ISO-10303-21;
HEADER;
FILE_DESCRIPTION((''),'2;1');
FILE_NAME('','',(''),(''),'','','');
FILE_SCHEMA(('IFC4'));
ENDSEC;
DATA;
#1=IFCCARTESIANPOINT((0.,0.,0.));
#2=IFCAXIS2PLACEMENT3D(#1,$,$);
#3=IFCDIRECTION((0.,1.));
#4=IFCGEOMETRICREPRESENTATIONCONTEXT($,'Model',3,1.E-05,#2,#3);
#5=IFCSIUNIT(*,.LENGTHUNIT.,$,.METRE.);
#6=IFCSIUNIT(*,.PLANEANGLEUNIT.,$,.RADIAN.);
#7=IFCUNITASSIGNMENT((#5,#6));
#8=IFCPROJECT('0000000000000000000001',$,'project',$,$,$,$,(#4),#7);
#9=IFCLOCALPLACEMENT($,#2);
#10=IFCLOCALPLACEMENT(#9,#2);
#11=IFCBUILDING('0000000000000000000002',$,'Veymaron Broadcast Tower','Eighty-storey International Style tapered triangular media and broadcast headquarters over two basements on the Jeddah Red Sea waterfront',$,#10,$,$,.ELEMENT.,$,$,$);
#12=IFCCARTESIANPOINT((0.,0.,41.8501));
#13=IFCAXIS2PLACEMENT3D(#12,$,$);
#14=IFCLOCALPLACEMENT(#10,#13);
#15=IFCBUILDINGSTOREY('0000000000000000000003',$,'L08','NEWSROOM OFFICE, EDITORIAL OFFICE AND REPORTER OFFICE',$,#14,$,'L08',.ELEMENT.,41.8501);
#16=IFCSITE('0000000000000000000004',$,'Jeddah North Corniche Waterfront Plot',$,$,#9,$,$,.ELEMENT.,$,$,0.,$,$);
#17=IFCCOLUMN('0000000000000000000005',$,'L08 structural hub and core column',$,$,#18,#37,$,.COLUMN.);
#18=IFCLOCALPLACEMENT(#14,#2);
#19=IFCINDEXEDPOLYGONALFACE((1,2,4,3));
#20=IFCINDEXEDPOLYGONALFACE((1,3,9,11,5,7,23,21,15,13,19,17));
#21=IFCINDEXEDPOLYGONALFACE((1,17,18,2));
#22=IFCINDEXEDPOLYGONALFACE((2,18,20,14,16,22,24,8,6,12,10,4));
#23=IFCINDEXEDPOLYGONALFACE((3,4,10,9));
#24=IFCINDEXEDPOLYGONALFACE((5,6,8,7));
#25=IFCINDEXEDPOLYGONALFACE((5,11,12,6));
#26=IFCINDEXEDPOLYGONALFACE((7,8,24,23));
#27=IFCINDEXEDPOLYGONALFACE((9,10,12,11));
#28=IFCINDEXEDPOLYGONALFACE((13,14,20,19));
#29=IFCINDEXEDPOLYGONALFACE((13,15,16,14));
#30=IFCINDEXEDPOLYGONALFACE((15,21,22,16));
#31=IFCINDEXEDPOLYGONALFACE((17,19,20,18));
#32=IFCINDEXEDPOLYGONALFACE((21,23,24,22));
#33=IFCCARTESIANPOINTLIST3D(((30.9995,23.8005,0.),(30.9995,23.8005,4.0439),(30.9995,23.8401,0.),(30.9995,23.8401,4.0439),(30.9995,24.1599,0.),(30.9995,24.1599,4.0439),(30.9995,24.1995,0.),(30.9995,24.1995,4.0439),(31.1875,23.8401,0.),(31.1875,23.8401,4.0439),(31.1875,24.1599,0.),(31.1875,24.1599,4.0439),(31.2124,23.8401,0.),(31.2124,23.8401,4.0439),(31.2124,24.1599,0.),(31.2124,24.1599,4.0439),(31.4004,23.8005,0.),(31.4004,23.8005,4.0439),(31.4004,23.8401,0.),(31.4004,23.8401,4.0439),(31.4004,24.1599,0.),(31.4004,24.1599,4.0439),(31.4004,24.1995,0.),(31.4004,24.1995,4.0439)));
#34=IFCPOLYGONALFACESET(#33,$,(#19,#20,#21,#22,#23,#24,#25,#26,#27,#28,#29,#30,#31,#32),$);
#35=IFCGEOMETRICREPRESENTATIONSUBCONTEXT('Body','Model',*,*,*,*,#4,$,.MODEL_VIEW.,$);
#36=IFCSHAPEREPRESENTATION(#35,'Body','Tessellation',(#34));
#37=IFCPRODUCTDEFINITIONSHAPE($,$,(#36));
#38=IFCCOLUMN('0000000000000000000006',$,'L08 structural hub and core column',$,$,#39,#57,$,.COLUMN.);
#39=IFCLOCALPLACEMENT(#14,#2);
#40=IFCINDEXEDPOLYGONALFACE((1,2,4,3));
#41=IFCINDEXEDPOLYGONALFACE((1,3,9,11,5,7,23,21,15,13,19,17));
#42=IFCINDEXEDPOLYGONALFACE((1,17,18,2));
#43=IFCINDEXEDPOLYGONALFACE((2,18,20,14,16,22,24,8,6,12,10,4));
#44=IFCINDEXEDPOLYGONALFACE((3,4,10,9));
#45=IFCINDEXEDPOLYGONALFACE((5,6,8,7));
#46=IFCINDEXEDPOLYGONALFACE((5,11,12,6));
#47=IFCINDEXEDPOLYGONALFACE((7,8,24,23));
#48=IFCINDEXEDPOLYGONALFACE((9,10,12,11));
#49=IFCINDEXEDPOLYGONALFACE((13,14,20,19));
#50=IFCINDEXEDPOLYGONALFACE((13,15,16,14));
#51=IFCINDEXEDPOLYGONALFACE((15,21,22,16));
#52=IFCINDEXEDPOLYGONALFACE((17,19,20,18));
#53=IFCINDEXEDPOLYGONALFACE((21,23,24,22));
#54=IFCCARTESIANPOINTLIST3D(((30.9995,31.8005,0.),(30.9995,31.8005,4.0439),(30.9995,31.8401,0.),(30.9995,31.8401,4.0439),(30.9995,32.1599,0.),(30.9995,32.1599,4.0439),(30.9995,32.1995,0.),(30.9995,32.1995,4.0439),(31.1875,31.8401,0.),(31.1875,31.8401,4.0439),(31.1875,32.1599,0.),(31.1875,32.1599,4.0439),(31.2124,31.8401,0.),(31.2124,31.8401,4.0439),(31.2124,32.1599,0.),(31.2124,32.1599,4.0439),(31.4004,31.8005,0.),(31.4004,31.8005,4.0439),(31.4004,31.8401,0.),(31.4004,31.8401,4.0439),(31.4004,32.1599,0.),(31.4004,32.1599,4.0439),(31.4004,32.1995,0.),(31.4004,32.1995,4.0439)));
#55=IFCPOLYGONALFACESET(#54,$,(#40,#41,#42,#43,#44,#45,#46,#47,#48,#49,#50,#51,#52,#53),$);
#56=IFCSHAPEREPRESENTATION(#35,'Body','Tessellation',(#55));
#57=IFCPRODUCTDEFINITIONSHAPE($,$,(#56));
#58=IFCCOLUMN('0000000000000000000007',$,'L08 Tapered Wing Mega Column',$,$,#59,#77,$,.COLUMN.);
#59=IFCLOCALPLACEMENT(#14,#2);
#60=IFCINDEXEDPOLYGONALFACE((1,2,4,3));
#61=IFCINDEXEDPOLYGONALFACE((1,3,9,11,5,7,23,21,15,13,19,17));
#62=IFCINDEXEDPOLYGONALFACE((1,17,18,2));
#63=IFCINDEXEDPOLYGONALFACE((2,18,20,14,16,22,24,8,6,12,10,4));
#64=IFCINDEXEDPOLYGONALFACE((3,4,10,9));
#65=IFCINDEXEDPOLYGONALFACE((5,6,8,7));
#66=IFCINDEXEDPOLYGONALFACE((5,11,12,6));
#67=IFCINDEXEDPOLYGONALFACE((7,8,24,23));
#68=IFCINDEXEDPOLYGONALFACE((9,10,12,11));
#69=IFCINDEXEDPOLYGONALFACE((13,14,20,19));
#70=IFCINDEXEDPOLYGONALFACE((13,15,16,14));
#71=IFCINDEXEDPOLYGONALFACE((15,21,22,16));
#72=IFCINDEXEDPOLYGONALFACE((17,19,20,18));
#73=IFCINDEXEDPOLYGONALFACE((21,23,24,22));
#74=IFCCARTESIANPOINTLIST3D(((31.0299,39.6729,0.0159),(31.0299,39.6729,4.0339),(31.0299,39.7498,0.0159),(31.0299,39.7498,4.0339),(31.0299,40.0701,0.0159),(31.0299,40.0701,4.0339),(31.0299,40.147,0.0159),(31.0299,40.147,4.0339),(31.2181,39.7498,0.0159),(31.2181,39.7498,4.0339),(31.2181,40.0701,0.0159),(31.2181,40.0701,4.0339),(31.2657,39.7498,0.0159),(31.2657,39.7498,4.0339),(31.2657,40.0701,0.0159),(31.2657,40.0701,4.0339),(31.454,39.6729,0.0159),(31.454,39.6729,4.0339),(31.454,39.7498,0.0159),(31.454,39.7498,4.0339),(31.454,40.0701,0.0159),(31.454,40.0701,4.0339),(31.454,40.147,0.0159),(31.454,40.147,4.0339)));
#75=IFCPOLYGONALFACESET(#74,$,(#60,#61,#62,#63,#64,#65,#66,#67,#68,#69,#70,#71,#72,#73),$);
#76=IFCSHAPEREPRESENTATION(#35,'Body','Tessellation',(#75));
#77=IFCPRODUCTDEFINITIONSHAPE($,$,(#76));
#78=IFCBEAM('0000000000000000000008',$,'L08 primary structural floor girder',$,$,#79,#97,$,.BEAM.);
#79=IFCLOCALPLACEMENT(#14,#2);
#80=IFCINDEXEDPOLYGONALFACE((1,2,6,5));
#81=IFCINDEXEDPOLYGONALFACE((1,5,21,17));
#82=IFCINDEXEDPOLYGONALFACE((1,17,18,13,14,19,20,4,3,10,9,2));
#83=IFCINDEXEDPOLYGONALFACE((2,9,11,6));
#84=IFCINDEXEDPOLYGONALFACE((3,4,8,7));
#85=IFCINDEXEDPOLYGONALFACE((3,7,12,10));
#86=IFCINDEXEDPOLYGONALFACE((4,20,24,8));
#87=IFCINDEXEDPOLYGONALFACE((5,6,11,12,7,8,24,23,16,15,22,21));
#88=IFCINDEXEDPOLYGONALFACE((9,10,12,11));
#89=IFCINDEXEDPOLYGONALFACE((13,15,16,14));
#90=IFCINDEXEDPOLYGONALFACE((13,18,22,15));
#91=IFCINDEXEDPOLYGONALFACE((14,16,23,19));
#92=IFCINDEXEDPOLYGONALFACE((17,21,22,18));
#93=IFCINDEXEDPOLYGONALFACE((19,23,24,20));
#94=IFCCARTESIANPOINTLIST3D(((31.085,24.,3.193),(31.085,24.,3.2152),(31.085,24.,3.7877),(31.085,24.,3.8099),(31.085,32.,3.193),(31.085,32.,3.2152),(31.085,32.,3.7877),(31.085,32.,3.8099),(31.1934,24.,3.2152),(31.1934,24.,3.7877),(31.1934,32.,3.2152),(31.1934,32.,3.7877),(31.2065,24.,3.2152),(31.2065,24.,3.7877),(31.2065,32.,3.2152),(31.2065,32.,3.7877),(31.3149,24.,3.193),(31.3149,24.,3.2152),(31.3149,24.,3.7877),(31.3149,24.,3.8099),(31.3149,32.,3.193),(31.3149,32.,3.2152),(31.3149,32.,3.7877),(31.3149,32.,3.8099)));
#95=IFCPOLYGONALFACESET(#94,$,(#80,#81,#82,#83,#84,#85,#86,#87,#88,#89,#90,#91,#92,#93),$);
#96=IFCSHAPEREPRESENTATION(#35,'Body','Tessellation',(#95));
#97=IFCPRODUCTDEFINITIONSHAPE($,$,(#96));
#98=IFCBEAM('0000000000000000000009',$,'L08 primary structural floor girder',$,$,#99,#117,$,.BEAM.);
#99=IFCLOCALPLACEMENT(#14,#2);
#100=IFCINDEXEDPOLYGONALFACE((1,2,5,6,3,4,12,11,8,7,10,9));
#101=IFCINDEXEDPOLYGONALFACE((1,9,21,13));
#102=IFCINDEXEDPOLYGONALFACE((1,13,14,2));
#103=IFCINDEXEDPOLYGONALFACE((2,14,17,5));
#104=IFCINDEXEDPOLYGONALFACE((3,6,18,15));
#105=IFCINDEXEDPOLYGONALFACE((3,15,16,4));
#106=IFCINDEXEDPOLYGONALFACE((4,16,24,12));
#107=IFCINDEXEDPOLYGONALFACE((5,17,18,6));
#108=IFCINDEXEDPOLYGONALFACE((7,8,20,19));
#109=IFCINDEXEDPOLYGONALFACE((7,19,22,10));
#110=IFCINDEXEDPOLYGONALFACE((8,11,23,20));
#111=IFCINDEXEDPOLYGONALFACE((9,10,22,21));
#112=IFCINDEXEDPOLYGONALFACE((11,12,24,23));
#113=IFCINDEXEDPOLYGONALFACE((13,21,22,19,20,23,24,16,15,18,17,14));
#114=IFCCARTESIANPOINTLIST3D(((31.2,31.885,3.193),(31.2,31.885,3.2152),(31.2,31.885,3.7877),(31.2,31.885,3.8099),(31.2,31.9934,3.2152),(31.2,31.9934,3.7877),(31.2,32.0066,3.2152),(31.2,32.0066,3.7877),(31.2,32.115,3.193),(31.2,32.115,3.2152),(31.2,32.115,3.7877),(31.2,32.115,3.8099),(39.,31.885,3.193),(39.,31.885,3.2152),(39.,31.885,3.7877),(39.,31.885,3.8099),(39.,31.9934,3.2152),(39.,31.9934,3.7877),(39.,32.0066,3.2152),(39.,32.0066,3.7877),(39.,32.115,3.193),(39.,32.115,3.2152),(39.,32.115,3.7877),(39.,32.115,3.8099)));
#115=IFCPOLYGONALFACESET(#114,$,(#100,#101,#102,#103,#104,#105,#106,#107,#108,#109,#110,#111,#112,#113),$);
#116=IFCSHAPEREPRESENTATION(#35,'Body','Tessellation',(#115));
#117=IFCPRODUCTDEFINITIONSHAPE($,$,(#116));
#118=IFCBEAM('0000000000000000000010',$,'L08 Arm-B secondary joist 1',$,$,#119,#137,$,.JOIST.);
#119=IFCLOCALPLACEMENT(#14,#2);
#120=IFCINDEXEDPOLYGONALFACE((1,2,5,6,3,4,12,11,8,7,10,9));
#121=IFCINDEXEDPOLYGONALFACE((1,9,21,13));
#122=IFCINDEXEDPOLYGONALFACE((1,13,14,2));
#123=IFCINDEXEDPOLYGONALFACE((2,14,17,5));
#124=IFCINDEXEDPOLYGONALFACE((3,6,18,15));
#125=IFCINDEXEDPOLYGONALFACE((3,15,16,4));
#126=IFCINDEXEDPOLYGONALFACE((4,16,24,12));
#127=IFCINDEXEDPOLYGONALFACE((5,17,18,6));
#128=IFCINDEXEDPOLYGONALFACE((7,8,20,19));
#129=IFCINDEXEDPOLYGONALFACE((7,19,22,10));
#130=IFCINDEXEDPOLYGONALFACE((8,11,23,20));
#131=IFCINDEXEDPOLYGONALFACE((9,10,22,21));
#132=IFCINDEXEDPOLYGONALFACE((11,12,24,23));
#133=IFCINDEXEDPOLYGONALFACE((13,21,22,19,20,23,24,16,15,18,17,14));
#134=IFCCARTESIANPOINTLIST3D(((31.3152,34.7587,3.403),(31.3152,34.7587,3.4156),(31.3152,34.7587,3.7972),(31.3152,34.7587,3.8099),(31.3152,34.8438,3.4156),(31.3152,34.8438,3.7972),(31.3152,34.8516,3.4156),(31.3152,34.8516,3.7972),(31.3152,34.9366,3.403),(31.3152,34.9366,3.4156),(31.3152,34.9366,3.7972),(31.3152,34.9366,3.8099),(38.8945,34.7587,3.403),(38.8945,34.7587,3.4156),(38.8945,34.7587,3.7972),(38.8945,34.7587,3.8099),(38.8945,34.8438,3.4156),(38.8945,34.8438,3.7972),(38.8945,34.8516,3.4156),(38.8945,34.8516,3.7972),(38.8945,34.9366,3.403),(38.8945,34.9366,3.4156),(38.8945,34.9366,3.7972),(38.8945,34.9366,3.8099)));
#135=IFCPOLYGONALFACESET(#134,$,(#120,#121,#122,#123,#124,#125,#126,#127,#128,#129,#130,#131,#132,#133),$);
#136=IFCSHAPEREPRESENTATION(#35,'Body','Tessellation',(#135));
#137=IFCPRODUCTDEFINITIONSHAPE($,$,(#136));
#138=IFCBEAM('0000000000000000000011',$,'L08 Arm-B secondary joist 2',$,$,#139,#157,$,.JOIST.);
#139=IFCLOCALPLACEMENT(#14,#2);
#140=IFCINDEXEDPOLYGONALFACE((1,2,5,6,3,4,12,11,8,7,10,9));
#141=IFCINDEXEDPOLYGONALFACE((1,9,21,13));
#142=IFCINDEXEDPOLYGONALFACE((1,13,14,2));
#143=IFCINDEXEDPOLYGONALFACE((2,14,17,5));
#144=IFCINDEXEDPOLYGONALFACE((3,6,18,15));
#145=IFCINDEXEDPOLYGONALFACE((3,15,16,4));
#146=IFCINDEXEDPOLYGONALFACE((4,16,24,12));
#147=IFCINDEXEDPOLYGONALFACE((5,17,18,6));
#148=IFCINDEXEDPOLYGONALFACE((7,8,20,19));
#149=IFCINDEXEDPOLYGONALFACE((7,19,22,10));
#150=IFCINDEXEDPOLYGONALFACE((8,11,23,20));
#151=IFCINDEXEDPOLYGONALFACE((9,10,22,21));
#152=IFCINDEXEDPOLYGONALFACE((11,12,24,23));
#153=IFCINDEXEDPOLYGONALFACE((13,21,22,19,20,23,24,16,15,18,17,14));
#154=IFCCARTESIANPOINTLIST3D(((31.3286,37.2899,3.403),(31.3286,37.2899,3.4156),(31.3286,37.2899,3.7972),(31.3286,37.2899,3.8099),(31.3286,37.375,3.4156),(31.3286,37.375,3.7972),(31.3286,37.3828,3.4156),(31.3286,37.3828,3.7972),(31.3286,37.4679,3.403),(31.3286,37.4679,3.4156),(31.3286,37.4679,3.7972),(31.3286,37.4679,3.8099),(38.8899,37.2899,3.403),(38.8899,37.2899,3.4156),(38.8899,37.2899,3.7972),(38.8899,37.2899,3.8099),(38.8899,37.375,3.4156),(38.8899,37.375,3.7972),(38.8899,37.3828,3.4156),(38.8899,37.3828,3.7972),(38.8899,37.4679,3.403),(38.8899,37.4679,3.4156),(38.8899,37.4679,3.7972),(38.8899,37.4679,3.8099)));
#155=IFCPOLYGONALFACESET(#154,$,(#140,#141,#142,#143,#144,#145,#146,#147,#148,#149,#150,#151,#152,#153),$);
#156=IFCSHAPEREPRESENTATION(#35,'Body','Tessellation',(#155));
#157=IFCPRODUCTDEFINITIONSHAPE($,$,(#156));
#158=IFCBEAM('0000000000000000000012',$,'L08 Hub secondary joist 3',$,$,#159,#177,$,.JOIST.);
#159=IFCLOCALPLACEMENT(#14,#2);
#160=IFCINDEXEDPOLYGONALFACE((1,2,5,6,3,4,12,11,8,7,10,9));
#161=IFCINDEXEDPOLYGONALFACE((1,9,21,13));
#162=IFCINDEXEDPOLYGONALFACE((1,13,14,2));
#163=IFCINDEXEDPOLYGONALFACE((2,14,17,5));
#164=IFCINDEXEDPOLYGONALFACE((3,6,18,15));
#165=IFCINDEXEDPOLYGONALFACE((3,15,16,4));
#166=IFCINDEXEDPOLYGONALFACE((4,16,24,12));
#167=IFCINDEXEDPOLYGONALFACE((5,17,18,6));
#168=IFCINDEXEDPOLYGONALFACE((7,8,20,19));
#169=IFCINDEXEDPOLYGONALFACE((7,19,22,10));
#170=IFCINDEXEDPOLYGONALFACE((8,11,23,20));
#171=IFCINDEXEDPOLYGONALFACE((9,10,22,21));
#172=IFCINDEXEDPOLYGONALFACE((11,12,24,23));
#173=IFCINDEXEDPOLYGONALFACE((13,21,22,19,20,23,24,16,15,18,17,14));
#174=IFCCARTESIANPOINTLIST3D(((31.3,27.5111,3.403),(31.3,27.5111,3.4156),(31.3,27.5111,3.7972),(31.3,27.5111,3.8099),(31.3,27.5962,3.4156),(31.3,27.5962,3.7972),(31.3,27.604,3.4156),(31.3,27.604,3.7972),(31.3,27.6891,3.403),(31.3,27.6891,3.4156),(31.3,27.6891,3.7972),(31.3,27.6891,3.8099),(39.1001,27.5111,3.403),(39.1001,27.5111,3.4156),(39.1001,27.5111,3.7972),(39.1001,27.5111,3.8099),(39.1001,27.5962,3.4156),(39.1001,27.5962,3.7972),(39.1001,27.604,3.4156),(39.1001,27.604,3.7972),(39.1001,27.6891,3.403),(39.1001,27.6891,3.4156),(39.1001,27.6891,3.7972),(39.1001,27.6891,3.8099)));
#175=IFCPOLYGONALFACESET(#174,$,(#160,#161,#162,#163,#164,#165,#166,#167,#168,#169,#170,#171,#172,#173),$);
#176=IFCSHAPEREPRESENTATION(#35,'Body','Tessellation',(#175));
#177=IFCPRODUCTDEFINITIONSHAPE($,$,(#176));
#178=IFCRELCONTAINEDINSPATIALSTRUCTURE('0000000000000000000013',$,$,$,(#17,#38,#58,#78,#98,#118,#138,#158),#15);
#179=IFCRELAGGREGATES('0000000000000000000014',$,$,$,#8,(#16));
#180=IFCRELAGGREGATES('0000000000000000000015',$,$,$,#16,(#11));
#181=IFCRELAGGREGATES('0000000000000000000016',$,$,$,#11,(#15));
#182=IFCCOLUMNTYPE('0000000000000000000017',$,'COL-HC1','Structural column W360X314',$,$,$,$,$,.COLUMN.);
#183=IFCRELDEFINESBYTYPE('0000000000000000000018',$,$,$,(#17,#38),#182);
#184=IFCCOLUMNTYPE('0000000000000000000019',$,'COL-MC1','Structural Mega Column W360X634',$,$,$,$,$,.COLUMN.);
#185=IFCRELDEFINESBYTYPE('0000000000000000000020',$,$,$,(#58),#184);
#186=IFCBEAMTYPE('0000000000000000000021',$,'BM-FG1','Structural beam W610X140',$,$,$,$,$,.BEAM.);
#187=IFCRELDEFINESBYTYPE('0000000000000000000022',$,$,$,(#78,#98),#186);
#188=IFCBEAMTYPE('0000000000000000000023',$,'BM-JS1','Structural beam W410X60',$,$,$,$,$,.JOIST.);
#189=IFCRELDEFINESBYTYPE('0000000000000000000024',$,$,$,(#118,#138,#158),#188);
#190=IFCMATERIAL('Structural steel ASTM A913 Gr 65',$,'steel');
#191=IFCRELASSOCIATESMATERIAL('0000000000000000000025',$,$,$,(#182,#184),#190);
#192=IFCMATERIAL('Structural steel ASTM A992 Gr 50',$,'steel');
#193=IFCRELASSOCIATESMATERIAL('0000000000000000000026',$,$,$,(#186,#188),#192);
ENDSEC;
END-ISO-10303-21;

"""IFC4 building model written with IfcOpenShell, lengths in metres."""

from ifc_helpers import new_model, si_unit, direction, frame, origin, origin_2d, place, context, subcontext, project, spatial, i_section, extrude, material, material_profile, profile_set, type_object, element, save


model = new_model("IFC4")

# Units and contexts
model_context = context("Model", 3, precision=1e-05, world=origin(), true_north=direction((0.0, 1.0)))
body_context = subcontext(model_context, "Body", "Model", "MODEL_VIEW")
ifc_project = project(units=[si_unit("LENGTHUNIT", "METRE"), si_unit("PLANEANGLEUNIT", "RADIAN")], contexts=[model_context])

# Site, building, storey
site_placement = place(None, origin())
site = spatial("IfcSite", under=ifc_project, at=site_placement, Name="Jeddah North Corniche Waterfront Plot", CompositionType="ELEMENT", RefElevation=0.0)
building_placement = place(site_placement, origin())
building = spatial("IfcBuilding", under=site, at=building_placement, Name="Veymaron Broadcast Tower", Description="Eighty-storey International Style tapered triangular media and broadcast headquarters over two basements on the Jeddah Red Sea waterfront", CompositionType="ELEMENT")
storey_placement = place(building_placement, frame((0.0, 0.0, 41.8501)))
storey = spatial("IfcBuildingStorey", under=building, at=storey_placement, Name="L08", Description="NEWSROOM OFFICE, EDITORIAL OFFICE AND REPORTER OFFICE", LongName="L08", CompositionType="ELEMENT", Elevation=41.8501)

# Columns
ifc_material_1 = material(Name="Structural steel ASTM A913 Gr 65", Category="steel")
ifc_material_profile_1 = material_profile(ifc_material_1, i_section(OverallWidth=0.4009, OverallDepth=0.3989, WebThickness=0.0249, FlangeThickness=0.0396, at=origin_2d()), Name="W360X314")
ifc_profile_set_1 = profile_set([ifc_material_profile_1], Name="Structural steel ASTM A913 Gr 65")
column_type_1 = type_object("IfcColumnType", Name="COL-HC1", Description="Structural column W360X314", PredefinedType="COLUMN", material=ifc_profile_set_1)
for number, where, z_axis, x_axis, name in (
    (1, (31.2, 24.0, 0.0), (0.0, 0.0, 1.0), (1.0, 0.0, 0.0), "L08 structural hub and core column"),
    (2, (31.2, 32.0, 0.0), (0.0, 0.0, 1.0), (1.0, 0.0, 0.0), "L08 structural hub and core column"),
):
    element("IfcColumn", number, at=place(storey_placement, frame(where, z_axis=z_axis, x_axis=x_axis)), inside=storey, type_object=column_type_1, Name=name, PredefinedType="COLUMN", context=body_context, shape_type="SweptSolid", body=[
        extrude(i_section(OverallWidth=0.4009, OverallDepth=0.3989, WebThickness=0.0249, FlangeThickness=0.0396, at=origin_2d()), origin(), (0.0, 0.0, 1.0), 4.0439),
    ])
ifc_material_profile_2 = material_profile(ifc_material_1, i_section(OverallWidth=0.4241, OverallDepth=0.4741, WebThickness=0.0476, FlangeThickness=0.0769, at=origin_2d()), Name="W360X634")
ifc_profile_set_2 = profile_set([ifc_material_profile_2], Name="Structural steel ASTM A913 Gr 65")
column_type_2 = type_object("IfcColumnType", Name="COL-MC1", Description="Structural Mega Column W360X634", PredefinedType="COLUMN", material=ifc_profile_set_2)
column_placement = place(storey_placement, frame((31.2419, 39.9099, 0.0159), z_axis=(0.0, 0.0, 1.0), x_axis=(1.0, 0.0, 0.0)))
element("IfcColumn", 3, at=column_placement, inside=storey, type_object=column_type_2, Name="L08 Tapered Wing Mega Column", PredefinedType="COLUMN", context=body_context, shape_type="SweptSolid", body=[
    extrude(i_section(OverallWidth=0.4241, OverallDepth=0.4741, WebThickness=0.0476, FlangeThickness=0.0769, at=origin_2d()), origin(), (0.0, 0.0, 1.0), 4.0181),
])

# Beams
ifc_material_2 = material(Name="Structural steel ASTM A992 Gr 50", Category="steel")
ifc_material_profile_3 = material_profile(ifc_material_2, i_section(OverallWidth=0.23, OverallDepth=0.6169, WebThickness=0.0132, FlangeThickness=0.0222, at=origin_2d()), Name="W610X140")
ifc_profile_set_3 = profile_set([ifc_material_profile_3], Name="Structural steel ASTM A992 Gr 50")
beam_type_1 = type_object("IfcBeamType", Name="BM-FG1", Description="Structural beam W610X140", PredefinedType="BEAM", material=ifc_profile_set_3)
beam_1_placement = place(storey_placement, frame((31.2, 24.0, 3.5015), z_axis=(0.0, 1.0, 0.0), x_axis=(-1.0, 0.0, 0.0)))
element("IfcBeam", 4, at=beam_1_placement, inside=storey, type_object=beam_type_1, Name="L08 primary structural floor girder", PredefinedType="BEAM", context=body_context, shape_type="SweptSolid", body=[
    extrude(i_section(OverallWidth=0.23, OverallDepth=0.6169, WebThickness=0.0132, FlangeThickness=0.0222, at=origin_2d()), origin(), (0.0, 0.0, 1.0), 8.0),
])
beam_2_placement = place(storey_placement, frame((31.2, 32.0, 3.5015), z_axis=(1.0, 0.0, 0.0), x_axis=(0.0, 1.0, 0.0)))
element("IfcBeam", 5, at=beam_2_placement, inside=storey, type_object=beam_type_1, Name="L08 primary structural floor girder", PredefinedType="BEAM", context=body_context, shape_type="SweptSolid", body=[
    extrude(i_section(OverallWidth=0.23, OverallDepth=0.6169, WebThickness=0.0132, FlangeThickness=0.0222, at=origin_2d()), origin(), (0.0, 0.0, 1.0), 7.8),
])
ifc_material_profile_4 = material_profile(ifc_material_2, i_section(OverallWidth=0.178, OverallDepth=0.407, WebThickness=0.0078, FlangeThickness=0.0127, at=origin_2d()), Name="W410X60")
ifc_profile_set_4 = profile_set([ifc_material_profile_4], Name="Structural steel ASTM A992 Gr 50")
beam_type_2 = type_object("IfcBeamType", Name="BM-JS1", Description="Structural beam W410X60", PredefinedType="JOIST", material=ifc_profile_set_4)
beam_3_placement = place(storey_placement, frame((31.3152, 34.8477, 3.6064), z_axis=(1.0, 0.0, 0.0), x_axis=(0.0, 1.0, 0.0)))
element("IfcBeam", 6, at=beam_3_placement, inside=storey, type_object=beam_type_2, Name="L08 Arm-B secondary joist 1", PredefinedType="JOIST", context=body_context, shape_type="SweptSolid", body=[
    extrude(i_section(OverallWidth=0.178, OverallDepth=0.407, WebThickness=0.0078, FlangeThickness=0.0127, at=origin_2d()), origin(), (0.0, 0.0, 1.0), 7.5793),
])
beam_4_placement = place(storey_placement, frame((31.3286, 37.3789, 3.6064), z_axis=(1.0, 0.0, 0.0), x_axis=(0.0, 1.0, 0.0)))
element("IfcBeam", 7, at=beam_4_placement, inside=storey, type_object=beam_type_2, Name="L08 Arm-B secondary joist 2", PredefinedType="JOIST", context=body_context, shape_type="SweptSolid", body=[
    extrude(i_section(OverallWidth=0.178, OverallDepth=0.407, WebThickness=0.0078, FlangeThickness=0.0127, at=origin_2d()), origin(), (0.0, 0.0, 1.0), 7.5613),
])
for number, where, z_axis, x_axis, name in (
    (8, (31.3, 27.6001, 3.6064), (1.0, 0.0, 0.0), (0.0, 1.0, 0.0), "L08 Hub secondary joist 3"),
):
    element("IfcBeam", number, at=place(storey_placement, frame(where, z_axis=z_axis, x_axis=x_axis)), inside=storey, type_object=beam_type_2, Name=name, PredefinedType="JOIST", context=body_context, shape_type="SweptSolid", body=[
        extrude(i_section(OverallWidth=0.178, OverallDepth=0.407, WebThickness=0.0078, FlangeThickness=0.0127, at=origin_2d()), origin(), (0.0, 0.0, 1.0), 7.8),
    ])

save(model, "model.ifc")
